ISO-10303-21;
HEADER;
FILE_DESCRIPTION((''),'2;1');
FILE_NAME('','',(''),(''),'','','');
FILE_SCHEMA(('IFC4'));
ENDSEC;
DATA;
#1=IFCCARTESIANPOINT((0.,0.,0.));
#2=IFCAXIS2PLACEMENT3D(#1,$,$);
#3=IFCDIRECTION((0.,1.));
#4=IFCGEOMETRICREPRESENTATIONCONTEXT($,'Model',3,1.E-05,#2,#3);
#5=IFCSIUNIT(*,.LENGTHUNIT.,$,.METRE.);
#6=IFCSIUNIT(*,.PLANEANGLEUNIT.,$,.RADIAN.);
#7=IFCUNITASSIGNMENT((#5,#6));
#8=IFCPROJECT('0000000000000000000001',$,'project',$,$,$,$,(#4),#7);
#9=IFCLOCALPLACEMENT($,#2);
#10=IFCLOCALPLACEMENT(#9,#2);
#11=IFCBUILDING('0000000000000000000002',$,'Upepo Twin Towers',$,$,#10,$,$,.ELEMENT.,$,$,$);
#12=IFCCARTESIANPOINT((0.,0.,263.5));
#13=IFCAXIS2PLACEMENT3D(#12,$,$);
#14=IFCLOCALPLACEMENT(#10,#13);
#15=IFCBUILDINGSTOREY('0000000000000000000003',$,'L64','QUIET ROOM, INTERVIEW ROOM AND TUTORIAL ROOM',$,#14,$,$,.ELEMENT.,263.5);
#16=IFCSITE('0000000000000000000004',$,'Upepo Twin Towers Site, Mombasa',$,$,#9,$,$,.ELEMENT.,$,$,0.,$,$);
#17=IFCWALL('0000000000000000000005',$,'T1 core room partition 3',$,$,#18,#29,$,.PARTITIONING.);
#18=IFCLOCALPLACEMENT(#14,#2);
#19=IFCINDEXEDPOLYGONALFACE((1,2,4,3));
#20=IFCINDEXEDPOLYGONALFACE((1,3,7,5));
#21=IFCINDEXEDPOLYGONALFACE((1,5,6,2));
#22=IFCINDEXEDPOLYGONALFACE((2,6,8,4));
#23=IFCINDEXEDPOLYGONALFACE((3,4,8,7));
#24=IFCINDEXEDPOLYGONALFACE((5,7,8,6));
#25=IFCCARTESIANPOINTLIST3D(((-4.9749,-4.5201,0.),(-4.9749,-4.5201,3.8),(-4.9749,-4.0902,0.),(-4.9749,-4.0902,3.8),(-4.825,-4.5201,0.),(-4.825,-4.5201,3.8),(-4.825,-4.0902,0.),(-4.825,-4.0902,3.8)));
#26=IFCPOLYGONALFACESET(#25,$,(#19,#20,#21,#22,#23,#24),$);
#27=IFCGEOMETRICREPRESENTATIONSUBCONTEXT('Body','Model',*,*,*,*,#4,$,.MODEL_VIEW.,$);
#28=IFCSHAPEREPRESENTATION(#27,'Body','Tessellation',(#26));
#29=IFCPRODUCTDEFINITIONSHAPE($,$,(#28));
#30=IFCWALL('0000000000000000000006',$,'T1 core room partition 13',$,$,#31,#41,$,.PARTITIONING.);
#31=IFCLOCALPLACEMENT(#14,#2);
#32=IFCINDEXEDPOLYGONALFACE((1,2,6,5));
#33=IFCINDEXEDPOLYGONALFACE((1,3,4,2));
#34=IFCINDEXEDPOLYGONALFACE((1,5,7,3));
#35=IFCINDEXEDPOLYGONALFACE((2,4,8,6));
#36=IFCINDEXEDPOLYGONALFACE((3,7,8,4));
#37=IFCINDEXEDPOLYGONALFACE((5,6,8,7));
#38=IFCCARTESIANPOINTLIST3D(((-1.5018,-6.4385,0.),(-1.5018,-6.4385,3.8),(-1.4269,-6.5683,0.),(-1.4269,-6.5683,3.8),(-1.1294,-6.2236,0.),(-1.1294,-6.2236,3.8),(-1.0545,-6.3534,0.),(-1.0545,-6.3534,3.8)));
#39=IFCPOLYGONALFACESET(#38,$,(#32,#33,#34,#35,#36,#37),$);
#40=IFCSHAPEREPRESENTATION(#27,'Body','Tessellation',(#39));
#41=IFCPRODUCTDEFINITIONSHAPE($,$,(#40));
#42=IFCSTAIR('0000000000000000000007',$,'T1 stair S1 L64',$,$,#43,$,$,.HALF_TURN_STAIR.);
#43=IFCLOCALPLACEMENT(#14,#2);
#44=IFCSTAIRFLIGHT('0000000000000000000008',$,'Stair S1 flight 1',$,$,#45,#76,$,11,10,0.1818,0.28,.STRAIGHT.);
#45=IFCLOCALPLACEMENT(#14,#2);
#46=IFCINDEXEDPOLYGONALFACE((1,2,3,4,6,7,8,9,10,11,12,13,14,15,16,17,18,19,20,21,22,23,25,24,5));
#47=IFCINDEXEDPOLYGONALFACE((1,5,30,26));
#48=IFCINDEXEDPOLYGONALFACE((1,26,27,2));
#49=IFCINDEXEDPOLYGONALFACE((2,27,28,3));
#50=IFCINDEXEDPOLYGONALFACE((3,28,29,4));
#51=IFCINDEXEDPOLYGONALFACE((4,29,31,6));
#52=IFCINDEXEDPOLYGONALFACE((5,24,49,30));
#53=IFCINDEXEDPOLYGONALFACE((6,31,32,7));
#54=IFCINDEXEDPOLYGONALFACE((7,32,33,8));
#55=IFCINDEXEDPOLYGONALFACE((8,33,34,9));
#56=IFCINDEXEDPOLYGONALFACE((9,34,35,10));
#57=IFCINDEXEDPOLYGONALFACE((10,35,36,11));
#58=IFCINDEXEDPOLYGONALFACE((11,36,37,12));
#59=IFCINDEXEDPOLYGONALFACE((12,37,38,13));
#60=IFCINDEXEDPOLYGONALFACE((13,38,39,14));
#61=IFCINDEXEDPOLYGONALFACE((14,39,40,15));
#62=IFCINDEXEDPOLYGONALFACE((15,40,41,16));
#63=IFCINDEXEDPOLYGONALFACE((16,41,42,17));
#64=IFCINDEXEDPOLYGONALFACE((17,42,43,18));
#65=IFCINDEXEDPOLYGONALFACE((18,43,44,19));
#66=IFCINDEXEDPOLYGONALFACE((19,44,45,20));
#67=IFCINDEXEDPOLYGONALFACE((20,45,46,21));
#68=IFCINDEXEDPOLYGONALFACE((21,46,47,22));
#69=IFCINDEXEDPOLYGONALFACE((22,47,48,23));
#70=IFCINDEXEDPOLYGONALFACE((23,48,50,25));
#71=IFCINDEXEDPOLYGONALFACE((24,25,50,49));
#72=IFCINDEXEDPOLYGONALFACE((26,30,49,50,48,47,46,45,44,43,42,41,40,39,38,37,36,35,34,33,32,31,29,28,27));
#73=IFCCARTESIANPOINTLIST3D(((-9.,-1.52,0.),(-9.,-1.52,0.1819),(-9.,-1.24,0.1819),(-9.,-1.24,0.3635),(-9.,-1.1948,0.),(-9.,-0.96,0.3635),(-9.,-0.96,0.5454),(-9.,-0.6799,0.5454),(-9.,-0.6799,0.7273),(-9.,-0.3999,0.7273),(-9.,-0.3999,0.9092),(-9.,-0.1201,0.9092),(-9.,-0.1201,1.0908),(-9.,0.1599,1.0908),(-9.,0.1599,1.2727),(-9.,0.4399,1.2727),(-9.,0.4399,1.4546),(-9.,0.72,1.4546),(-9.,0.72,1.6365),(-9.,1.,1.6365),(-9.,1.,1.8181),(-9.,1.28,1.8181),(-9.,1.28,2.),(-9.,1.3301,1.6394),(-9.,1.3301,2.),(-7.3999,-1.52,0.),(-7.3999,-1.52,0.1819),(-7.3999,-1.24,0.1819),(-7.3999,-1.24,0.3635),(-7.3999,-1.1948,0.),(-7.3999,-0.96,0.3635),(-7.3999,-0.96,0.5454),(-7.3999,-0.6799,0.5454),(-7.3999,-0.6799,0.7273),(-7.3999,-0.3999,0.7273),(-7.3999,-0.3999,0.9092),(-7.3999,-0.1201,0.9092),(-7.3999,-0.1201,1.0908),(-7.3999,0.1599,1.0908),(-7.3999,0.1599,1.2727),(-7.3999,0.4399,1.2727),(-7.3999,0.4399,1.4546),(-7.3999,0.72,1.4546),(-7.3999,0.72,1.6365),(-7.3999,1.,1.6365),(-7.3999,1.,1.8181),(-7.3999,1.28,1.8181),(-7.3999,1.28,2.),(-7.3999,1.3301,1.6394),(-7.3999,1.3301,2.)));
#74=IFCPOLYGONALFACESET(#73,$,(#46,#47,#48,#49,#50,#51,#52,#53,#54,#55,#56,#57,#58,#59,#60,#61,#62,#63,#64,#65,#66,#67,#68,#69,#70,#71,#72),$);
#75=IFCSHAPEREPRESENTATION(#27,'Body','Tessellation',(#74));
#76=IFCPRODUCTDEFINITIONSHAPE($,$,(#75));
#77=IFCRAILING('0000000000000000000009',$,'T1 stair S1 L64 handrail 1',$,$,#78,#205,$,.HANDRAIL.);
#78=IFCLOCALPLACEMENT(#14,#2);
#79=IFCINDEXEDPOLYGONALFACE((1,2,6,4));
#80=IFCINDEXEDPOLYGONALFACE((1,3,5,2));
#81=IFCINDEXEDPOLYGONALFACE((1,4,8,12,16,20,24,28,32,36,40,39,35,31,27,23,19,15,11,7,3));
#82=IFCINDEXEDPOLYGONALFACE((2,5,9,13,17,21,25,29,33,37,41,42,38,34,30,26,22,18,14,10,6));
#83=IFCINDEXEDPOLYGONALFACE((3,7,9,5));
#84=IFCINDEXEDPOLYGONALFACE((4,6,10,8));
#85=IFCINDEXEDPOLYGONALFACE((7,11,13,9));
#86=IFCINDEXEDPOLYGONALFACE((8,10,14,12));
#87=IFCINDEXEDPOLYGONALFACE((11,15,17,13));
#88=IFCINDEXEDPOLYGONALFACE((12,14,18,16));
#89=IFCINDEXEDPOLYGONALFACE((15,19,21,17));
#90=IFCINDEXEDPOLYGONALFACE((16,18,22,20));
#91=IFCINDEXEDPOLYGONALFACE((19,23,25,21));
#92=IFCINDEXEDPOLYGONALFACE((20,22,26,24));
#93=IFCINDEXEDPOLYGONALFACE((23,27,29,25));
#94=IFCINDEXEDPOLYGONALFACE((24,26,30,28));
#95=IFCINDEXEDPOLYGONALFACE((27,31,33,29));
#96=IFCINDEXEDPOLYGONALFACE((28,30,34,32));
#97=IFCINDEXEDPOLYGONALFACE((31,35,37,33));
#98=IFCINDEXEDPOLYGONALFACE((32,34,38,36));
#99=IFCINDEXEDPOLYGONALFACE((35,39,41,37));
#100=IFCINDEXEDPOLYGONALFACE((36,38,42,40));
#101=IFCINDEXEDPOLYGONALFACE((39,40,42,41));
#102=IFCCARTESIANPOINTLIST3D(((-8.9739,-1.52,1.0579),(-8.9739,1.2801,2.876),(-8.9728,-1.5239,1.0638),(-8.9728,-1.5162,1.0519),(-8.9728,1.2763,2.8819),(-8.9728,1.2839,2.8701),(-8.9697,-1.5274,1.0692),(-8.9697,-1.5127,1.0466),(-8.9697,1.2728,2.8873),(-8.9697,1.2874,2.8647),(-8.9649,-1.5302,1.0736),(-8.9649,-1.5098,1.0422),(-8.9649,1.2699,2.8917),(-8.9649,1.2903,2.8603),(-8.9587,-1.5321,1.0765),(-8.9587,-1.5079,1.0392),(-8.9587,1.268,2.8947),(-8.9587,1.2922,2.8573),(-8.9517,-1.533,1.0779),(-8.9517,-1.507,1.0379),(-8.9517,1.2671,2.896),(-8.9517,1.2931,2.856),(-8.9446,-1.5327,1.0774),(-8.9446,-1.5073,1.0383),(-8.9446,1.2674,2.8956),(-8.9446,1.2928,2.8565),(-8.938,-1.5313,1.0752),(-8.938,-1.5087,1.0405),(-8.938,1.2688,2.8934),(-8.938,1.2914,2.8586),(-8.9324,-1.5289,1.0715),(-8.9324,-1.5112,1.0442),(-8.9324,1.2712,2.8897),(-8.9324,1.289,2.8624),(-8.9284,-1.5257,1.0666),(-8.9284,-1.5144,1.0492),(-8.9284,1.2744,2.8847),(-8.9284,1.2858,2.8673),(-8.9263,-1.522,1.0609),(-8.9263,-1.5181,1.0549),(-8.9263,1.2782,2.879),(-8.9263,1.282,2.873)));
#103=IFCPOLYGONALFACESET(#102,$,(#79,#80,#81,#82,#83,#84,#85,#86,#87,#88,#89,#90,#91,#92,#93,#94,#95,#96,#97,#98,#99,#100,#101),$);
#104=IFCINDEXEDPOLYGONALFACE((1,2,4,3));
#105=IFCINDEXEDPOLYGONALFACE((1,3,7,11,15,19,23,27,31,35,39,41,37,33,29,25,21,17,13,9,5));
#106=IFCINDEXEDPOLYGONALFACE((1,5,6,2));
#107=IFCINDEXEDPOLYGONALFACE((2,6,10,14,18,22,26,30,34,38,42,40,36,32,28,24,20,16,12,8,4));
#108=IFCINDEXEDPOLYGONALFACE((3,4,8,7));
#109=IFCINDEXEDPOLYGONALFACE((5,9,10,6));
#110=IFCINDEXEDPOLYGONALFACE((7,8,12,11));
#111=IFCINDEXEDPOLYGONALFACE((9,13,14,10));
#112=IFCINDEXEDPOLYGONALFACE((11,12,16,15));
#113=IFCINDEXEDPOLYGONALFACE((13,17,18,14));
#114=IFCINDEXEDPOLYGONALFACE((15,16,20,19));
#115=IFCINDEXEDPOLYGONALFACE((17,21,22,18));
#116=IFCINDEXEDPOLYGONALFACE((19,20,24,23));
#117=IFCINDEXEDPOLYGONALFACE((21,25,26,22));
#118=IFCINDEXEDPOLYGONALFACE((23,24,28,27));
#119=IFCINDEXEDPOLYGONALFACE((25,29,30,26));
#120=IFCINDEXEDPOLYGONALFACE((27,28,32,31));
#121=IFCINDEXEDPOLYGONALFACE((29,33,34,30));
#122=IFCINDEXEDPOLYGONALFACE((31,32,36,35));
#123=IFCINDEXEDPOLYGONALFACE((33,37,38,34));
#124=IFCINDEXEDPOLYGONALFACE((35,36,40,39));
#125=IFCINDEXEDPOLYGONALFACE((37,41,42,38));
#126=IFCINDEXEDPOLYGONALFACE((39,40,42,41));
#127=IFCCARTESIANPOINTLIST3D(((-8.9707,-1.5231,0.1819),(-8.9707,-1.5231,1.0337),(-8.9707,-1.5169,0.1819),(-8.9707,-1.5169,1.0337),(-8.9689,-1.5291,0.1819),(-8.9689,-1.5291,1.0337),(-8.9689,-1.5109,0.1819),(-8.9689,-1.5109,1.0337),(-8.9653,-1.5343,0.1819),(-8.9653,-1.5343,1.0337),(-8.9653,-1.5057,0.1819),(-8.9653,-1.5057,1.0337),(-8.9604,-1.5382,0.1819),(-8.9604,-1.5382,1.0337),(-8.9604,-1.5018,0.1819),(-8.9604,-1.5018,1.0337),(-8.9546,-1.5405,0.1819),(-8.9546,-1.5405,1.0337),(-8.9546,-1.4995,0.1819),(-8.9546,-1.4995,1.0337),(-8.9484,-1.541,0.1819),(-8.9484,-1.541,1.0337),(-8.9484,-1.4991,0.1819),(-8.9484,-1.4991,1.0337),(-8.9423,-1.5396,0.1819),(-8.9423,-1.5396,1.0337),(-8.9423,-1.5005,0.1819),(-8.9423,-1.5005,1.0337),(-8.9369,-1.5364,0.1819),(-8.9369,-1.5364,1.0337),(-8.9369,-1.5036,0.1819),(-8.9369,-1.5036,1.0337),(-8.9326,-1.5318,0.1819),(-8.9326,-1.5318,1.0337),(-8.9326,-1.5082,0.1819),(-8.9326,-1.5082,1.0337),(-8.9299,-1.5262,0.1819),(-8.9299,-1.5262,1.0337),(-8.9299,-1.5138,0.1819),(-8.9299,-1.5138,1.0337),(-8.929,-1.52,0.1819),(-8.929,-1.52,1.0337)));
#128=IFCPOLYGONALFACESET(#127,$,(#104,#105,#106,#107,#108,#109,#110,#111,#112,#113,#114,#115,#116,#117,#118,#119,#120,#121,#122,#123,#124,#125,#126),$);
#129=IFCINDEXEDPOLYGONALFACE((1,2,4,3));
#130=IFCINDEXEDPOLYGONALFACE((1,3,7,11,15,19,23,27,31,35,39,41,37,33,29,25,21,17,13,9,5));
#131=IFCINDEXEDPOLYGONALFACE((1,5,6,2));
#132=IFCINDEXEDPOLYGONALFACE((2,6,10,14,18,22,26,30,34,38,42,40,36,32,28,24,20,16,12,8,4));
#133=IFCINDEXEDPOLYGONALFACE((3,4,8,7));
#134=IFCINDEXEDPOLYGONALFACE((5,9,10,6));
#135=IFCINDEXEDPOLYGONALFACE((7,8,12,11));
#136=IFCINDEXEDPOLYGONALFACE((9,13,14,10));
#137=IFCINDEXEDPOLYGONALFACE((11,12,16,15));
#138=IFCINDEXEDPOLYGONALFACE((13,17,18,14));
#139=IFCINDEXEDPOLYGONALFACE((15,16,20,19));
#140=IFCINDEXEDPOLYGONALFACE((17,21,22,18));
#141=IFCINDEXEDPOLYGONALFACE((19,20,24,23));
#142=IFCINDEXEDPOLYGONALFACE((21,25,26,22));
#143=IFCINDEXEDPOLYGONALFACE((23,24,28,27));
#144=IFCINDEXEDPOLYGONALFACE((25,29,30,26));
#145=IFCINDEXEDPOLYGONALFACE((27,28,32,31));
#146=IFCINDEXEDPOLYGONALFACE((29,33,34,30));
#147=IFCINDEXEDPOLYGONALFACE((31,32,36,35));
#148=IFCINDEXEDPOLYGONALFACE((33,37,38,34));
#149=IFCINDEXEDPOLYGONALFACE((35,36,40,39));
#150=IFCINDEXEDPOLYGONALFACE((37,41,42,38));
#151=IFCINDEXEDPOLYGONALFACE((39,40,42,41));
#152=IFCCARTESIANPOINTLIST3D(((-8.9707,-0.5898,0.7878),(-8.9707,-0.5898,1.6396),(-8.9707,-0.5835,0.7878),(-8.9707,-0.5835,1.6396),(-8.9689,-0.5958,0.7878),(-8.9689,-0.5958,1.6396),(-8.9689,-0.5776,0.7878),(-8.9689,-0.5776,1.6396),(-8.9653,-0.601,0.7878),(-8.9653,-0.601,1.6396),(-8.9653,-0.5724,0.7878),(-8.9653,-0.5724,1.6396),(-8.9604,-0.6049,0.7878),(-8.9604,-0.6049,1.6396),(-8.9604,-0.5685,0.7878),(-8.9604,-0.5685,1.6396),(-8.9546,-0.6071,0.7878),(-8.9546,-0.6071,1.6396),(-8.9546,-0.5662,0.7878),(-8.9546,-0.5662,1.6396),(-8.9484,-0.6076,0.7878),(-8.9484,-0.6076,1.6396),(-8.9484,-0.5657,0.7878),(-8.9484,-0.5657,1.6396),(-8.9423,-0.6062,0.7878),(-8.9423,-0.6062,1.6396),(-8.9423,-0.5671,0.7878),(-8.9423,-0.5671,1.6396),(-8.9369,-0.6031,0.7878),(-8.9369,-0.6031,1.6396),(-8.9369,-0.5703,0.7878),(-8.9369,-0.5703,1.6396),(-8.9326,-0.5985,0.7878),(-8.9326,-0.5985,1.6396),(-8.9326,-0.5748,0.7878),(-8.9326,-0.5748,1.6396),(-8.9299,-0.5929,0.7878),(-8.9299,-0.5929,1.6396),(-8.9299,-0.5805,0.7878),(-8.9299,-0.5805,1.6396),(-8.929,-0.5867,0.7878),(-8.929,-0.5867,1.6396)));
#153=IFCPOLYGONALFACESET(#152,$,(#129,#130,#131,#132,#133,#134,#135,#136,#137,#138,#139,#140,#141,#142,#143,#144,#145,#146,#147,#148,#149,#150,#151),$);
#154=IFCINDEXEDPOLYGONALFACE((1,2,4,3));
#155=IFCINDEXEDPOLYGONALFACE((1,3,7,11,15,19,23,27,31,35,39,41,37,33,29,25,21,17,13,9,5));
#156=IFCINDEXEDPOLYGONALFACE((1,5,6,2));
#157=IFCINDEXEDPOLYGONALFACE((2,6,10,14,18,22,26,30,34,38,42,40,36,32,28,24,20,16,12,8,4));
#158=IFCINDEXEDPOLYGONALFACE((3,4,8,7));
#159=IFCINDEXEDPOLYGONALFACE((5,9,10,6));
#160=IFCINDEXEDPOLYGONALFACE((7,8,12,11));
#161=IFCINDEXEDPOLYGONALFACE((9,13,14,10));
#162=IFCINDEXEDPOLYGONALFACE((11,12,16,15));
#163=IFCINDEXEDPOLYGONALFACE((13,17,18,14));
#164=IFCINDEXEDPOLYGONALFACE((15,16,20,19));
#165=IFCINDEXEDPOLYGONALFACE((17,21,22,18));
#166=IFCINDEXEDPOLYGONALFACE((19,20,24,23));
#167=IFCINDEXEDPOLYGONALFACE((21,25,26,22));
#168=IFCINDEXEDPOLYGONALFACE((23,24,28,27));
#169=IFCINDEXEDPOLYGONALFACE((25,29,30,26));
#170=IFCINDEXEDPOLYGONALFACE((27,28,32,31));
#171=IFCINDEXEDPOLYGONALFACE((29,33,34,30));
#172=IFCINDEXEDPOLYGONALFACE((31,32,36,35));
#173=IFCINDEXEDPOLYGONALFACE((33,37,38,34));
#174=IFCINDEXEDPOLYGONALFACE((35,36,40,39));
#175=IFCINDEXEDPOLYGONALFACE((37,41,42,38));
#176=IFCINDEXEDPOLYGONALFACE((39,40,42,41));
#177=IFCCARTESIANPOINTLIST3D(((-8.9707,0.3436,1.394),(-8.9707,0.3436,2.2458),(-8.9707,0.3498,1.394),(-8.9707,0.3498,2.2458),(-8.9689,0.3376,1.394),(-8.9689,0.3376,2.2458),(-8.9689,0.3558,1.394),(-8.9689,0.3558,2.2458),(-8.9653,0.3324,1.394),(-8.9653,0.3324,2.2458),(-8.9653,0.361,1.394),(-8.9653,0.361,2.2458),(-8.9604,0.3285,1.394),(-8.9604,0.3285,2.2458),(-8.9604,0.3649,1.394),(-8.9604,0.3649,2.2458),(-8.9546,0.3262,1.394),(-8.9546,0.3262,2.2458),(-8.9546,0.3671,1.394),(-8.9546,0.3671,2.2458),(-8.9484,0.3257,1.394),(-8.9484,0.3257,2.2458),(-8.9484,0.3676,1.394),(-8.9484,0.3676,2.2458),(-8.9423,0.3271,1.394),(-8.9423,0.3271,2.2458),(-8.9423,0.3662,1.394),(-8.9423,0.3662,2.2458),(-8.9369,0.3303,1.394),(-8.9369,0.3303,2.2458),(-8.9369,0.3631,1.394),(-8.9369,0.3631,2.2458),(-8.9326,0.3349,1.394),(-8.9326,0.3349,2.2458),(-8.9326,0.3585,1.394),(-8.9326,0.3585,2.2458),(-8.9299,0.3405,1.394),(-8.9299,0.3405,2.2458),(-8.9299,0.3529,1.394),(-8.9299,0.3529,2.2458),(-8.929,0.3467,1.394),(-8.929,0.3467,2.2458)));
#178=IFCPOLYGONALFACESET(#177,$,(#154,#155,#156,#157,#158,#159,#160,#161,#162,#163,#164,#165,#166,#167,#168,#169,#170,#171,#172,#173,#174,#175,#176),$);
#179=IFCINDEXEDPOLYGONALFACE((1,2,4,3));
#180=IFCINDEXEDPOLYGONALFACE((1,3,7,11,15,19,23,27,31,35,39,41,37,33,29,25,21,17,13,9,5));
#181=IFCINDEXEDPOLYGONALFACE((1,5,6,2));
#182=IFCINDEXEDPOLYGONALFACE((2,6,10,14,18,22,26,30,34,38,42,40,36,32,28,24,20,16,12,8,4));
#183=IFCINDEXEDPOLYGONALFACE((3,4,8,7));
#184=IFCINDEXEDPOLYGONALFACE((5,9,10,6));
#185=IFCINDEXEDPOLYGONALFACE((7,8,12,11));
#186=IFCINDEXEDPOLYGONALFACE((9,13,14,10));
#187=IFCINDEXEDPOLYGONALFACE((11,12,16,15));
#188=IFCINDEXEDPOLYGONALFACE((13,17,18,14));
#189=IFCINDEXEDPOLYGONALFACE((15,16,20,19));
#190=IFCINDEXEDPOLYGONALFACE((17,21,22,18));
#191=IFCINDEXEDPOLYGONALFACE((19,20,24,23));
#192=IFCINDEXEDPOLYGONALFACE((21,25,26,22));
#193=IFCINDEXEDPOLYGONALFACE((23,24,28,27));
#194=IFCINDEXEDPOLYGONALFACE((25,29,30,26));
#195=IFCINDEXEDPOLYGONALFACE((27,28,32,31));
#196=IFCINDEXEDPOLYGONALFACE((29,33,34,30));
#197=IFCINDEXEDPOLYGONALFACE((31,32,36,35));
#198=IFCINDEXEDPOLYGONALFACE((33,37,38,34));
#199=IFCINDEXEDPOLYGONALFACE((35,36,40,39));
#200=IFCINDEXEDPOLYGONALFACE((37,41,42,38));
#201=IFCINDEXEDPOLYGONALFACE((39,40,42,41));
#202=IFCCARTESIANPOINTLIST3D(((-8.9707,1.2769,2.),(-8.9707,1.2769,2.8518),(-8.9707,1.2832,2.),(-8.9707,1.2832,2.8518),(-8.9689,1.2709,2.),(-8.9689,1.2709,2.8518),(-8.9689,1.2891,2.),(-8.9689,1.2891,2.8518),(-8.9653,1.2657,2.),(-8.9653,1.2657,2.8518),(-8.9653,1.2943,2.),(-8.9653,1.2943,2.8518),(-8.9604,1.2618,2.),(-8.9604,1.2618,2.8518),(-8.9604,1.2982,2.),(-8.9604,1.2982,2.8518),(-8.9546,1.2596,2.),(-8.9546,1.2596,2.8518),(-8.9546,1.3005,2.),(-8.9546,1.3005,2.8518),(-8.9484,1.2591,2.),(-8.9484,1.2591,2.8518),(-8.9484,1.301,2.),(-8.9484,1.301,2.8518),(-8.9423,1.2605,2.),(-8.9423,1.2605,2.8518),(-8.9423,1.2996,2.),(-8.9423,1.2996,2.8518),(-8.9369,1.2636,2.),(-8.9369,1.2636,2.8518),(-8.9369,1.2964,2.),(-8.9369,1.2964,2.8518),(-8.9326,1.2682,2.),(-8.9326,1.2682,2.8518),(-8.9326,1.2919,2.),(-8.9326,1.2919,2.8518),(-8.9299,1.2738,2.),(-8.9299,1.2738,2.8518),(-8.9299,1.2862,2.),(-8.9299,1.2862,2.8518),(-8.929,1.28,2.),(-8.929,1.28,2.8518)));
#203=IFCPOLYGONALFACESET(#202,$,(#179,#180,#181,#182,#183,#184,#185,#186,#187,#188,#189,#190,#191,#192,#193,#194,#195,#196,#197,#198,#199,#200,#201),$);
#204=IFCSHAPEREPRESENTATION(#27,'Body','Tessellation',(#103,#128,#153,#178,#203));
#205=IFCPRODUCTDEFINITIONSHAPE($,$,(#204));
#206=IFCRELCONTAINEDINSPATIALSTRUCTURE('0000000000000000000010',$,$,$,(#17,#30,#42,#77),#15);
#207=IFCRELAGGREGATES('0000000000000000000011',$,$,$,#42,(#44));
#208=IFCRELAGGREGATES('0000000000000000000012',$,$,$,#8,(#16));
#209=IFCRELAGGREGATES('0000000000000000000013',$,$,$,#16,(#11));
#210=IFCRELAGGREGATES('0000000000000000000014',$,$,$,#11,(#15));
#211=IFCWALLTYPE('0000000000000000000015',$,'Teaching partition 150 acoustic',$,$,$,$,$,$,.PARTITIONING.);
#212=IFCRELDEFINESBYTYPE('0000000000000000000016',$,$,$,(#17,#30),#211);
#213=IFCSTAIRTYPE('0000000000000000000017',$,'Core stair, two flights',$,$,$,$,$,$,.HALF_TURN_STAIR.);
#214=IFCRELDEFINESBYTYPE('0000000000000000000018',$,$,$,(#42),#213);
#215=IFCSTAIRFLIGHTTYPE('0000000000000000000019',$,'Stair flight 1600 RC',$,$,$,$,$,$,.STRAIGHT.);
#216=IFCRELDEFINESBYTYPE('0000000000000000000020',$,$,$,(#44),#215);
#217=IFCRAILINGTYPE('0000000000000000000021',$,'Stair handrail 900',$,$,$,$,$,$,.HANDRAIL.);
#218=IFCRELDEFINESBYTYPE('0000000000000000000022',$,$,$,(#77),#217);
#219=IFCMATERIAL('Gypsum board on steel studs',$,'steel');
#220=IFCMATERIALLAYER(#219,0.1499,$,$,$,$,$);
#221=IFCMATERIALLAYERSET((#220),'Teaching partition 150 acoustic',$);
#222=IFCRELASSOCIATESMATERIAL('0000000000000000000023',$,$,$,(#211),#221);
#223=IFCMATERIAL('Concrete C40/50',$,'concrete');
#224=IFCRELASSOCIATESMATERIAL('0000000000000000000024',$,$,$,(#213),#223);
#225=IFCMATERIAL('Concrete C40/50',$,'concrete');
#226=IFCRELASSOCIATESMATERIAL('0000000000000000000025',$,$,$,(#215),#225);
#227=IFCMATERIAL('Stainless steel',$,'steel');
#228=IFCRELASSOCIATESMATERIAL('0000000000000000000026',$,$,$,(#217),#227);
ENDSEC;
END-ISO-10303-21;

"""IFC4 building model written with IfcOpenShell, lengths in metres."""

from ifc_helpers import new_model, si_unit, direction, frame, frame_2d, origin, origin_2d, place, context, subcontext, project, spatial, polyline, rectangle, circle, outline, extrude, material, layer, layer_set, type_object, element, aggregate, save


model = new_model("IFC4")

# Units and contexts
model_context = context("Model", 3, precision=1e-05, world=origin(), true_north=direction((0.0, 1.0)))
body_context = subcontext(model_context, "Body", "Model", "MODEL_VIEW")
ifc_project = project(units=[si_unit("LENGTHUNIT", "METRE"), si_unit("PLANEANGLEUNIT", "RADIAN")], contexts=[model_context])

# Site, building, storey
site_placement = place(None, origin())
site = spatial("IfcSite", under=ifc_project, at=site_placement, Name="Upepo Twin Towers Site, Mombasa", CompositionType="ELEMENT", RefElevation=0.0)
building_placement = place(site_placement, origin())
building = spatial("IfcBuilding", under=site, at=building_placement, Name="Upepo Twin Towers", CompositionType="ELEMENT")
storey_placement = place(building_placement, frame((0.0, 0.0, 263.5)))
storey = spatial("IfcBuildingStorey", under=building, at=storey_placement, Name="L64", Description="QUIET ROOM, INTERVIEW ROOM AND TUTORIAL ROOM", CompositionType="ELEMENT", Elevation=263.5)

# Shared definitions
ifc_material_1 = material(Name="Gypsum board on steel studs", Category="steel")
ifc_layer_1 = layer(ifc_material_1, 0.1499)
ifc_layer_set_1 = layer_set([ifc_layer_1], Name="Teaching partition 150 acoustic")
wall_type_1 = type_object("IfcWallType", Name="Teaching partition 150 acoustic", PredefinedType="PARTITIONING", material=ifc_layer_set_1)

# Walls
for number, where, z_axis, x_axis, name in (
    (1, (-4.8999, -4.52, 0.0), (0.0, 0.0, 1.0), (0.0, 1.0, 0.0), "T1 core room partition 3"),
    (2, (-1.092, -6.2886, 0.0), (0.0, 0.0, 1.0), (-0.866138, -0.499804, 0.0), "T1 core room partition 13"),
):
    element("IfcWall", number, at=place(storey_placement, frame(where, z_axis=z_axis, x_axis=x_axis)), inside=storey, type_object=wall_type_1, Name=name, PredefinedType="PARTITIONING", context=body_context, shape_type="SweptSolid", body=[
        extrude(rectangle(XDim=0.4299, YDim=0.1499, at=frame_2d((0.2148, 0.0))), origin(), (0.0, 0.0, 1.0), 3.8),
    ])

# Stair, stair flight
ifc_material_2 = material(Name="Concrete C40/50", Category="concrete")
stair_type = type_object("IfcStairType", Name="Core stair, two flights", PredefinedType="HALF_TURN_STAIR", material=ifc_material_2)
stair_placement = place(storey_placement, origin())
stair = element("IfcStair", 3, at=stair_placement, inside=storey, type_object=stair_type, Name="T1 stair S1 L64", PredefinedType="HALF_TURN_STAIR")
ifc_material_3 = material(Name="Concrete C40/50", Category="concrete")
stair_flight_type = type_object("IfcStairFlightType", Name="Stair flight 1600 RC", PredefinedType="STRAIGHT", material=ifc_material_3)
stair_flight_placement = place(storey_placement, frame((-8.2, -1.52, 0.0), z_axis=(0.0, 0.0, 1.0), x_axis=(0.0, 1.0, 0.0)))
stair_flight = element("IfcStairFlight", 4, at=stair_flight_placement, type_object=stair_flight_type, Name="Stair S1 flight 1", NumberOfRisers=11, NumberOfTreads=10, PredefinedType="STRAIGHT", RiserHeight=0.1818, TreadLength=0.28, context=body_context, shape_type="SweptSolid", body=[
    extrude(outline(polyline([(0.0, 0.0), (0.0, 0.1819), (0.28, 0.1819), (0.28, 0.3635), (0.5601, 0.3635), (0.5601, 0.5454), (0.8401, 0.5454), (0.8401, 0.7273), (1.1201, 0.7273), (1.1201, 0.9092), (1.3999, 0.9092), (1.3999, 1.0908), (1.6799, 1.0908), (1.6799, 1.2727), (1.96, 1.2727), (1.96, 1.4546), (2.24, 1.4546), (2.24, 1.6365), (2.52, 1.6365), (2.52, 1.8181), (2.8, 1.8181), (2.8, 2.0), (2.8501, 2.0), (2.8501, 1.6394), (0.3252, 0.0), (0.0, 0.0)])), frame((0.0, 0.8, 0.0), z_axis=(0.0, -1.0, 0.0), x_axis=(1.0, 0.0, 0.0)), (0.0, 0.0, 1.0), 1.6001),
])
aggregate(stair, [stair_flight])

# Railing
ifc_material_4 = material(Name="Stainless steel", Category="steel")
railing_type = type_object("IfcRailingType", Name="Stair handrail 900", PredefinedType="HANDRAIL", material=ifc_material_4)
railing_placement = place(storey_placement, frame((-8.95, -1.52, 0.1819)))
element("IfcRailing", 5, at=railing_placement, inside=storey, type_object=railing_type, Name="T1 stair S1 L64 handrail 1", PredefinedType="HANDRAIL", context=body_context, shape_type="SweptSolid", body=[
    extrude(circle(Radius=0.0239, at=origin_2d()), frame((0.0, 0.0, 0.876), z_axis=(0.0, 0.838706, 0.544585), x_axis=(-1.0, 0.0, 0.0)), (0.0, 0.0, 1.0), 3.3386),
    extrude(circle(Radius=0.021, at=origin_2d()), origin(), (0.0, 0.0, 1.0), 0.8518),
    extrude(circle(Radius=0.021, at=origin_2d()), frame((0.0, 0.9333, 0.606)), (0.0, 0.0, 1.0), 0.8518),
    extrude(circle(Radius=0.021, at=origin_2d()), frame((0.0, 1.8667, 1.2122)), (0.0, 0.0, 1.0), 0.8518),
    extrude(circle(Radius=0.021, at=origin_2d()), frame((0.0, 2.8, 1.8181)), (0.0, 0.0, 1.0), 0.8518),
])

save(model, "model.ifc")
